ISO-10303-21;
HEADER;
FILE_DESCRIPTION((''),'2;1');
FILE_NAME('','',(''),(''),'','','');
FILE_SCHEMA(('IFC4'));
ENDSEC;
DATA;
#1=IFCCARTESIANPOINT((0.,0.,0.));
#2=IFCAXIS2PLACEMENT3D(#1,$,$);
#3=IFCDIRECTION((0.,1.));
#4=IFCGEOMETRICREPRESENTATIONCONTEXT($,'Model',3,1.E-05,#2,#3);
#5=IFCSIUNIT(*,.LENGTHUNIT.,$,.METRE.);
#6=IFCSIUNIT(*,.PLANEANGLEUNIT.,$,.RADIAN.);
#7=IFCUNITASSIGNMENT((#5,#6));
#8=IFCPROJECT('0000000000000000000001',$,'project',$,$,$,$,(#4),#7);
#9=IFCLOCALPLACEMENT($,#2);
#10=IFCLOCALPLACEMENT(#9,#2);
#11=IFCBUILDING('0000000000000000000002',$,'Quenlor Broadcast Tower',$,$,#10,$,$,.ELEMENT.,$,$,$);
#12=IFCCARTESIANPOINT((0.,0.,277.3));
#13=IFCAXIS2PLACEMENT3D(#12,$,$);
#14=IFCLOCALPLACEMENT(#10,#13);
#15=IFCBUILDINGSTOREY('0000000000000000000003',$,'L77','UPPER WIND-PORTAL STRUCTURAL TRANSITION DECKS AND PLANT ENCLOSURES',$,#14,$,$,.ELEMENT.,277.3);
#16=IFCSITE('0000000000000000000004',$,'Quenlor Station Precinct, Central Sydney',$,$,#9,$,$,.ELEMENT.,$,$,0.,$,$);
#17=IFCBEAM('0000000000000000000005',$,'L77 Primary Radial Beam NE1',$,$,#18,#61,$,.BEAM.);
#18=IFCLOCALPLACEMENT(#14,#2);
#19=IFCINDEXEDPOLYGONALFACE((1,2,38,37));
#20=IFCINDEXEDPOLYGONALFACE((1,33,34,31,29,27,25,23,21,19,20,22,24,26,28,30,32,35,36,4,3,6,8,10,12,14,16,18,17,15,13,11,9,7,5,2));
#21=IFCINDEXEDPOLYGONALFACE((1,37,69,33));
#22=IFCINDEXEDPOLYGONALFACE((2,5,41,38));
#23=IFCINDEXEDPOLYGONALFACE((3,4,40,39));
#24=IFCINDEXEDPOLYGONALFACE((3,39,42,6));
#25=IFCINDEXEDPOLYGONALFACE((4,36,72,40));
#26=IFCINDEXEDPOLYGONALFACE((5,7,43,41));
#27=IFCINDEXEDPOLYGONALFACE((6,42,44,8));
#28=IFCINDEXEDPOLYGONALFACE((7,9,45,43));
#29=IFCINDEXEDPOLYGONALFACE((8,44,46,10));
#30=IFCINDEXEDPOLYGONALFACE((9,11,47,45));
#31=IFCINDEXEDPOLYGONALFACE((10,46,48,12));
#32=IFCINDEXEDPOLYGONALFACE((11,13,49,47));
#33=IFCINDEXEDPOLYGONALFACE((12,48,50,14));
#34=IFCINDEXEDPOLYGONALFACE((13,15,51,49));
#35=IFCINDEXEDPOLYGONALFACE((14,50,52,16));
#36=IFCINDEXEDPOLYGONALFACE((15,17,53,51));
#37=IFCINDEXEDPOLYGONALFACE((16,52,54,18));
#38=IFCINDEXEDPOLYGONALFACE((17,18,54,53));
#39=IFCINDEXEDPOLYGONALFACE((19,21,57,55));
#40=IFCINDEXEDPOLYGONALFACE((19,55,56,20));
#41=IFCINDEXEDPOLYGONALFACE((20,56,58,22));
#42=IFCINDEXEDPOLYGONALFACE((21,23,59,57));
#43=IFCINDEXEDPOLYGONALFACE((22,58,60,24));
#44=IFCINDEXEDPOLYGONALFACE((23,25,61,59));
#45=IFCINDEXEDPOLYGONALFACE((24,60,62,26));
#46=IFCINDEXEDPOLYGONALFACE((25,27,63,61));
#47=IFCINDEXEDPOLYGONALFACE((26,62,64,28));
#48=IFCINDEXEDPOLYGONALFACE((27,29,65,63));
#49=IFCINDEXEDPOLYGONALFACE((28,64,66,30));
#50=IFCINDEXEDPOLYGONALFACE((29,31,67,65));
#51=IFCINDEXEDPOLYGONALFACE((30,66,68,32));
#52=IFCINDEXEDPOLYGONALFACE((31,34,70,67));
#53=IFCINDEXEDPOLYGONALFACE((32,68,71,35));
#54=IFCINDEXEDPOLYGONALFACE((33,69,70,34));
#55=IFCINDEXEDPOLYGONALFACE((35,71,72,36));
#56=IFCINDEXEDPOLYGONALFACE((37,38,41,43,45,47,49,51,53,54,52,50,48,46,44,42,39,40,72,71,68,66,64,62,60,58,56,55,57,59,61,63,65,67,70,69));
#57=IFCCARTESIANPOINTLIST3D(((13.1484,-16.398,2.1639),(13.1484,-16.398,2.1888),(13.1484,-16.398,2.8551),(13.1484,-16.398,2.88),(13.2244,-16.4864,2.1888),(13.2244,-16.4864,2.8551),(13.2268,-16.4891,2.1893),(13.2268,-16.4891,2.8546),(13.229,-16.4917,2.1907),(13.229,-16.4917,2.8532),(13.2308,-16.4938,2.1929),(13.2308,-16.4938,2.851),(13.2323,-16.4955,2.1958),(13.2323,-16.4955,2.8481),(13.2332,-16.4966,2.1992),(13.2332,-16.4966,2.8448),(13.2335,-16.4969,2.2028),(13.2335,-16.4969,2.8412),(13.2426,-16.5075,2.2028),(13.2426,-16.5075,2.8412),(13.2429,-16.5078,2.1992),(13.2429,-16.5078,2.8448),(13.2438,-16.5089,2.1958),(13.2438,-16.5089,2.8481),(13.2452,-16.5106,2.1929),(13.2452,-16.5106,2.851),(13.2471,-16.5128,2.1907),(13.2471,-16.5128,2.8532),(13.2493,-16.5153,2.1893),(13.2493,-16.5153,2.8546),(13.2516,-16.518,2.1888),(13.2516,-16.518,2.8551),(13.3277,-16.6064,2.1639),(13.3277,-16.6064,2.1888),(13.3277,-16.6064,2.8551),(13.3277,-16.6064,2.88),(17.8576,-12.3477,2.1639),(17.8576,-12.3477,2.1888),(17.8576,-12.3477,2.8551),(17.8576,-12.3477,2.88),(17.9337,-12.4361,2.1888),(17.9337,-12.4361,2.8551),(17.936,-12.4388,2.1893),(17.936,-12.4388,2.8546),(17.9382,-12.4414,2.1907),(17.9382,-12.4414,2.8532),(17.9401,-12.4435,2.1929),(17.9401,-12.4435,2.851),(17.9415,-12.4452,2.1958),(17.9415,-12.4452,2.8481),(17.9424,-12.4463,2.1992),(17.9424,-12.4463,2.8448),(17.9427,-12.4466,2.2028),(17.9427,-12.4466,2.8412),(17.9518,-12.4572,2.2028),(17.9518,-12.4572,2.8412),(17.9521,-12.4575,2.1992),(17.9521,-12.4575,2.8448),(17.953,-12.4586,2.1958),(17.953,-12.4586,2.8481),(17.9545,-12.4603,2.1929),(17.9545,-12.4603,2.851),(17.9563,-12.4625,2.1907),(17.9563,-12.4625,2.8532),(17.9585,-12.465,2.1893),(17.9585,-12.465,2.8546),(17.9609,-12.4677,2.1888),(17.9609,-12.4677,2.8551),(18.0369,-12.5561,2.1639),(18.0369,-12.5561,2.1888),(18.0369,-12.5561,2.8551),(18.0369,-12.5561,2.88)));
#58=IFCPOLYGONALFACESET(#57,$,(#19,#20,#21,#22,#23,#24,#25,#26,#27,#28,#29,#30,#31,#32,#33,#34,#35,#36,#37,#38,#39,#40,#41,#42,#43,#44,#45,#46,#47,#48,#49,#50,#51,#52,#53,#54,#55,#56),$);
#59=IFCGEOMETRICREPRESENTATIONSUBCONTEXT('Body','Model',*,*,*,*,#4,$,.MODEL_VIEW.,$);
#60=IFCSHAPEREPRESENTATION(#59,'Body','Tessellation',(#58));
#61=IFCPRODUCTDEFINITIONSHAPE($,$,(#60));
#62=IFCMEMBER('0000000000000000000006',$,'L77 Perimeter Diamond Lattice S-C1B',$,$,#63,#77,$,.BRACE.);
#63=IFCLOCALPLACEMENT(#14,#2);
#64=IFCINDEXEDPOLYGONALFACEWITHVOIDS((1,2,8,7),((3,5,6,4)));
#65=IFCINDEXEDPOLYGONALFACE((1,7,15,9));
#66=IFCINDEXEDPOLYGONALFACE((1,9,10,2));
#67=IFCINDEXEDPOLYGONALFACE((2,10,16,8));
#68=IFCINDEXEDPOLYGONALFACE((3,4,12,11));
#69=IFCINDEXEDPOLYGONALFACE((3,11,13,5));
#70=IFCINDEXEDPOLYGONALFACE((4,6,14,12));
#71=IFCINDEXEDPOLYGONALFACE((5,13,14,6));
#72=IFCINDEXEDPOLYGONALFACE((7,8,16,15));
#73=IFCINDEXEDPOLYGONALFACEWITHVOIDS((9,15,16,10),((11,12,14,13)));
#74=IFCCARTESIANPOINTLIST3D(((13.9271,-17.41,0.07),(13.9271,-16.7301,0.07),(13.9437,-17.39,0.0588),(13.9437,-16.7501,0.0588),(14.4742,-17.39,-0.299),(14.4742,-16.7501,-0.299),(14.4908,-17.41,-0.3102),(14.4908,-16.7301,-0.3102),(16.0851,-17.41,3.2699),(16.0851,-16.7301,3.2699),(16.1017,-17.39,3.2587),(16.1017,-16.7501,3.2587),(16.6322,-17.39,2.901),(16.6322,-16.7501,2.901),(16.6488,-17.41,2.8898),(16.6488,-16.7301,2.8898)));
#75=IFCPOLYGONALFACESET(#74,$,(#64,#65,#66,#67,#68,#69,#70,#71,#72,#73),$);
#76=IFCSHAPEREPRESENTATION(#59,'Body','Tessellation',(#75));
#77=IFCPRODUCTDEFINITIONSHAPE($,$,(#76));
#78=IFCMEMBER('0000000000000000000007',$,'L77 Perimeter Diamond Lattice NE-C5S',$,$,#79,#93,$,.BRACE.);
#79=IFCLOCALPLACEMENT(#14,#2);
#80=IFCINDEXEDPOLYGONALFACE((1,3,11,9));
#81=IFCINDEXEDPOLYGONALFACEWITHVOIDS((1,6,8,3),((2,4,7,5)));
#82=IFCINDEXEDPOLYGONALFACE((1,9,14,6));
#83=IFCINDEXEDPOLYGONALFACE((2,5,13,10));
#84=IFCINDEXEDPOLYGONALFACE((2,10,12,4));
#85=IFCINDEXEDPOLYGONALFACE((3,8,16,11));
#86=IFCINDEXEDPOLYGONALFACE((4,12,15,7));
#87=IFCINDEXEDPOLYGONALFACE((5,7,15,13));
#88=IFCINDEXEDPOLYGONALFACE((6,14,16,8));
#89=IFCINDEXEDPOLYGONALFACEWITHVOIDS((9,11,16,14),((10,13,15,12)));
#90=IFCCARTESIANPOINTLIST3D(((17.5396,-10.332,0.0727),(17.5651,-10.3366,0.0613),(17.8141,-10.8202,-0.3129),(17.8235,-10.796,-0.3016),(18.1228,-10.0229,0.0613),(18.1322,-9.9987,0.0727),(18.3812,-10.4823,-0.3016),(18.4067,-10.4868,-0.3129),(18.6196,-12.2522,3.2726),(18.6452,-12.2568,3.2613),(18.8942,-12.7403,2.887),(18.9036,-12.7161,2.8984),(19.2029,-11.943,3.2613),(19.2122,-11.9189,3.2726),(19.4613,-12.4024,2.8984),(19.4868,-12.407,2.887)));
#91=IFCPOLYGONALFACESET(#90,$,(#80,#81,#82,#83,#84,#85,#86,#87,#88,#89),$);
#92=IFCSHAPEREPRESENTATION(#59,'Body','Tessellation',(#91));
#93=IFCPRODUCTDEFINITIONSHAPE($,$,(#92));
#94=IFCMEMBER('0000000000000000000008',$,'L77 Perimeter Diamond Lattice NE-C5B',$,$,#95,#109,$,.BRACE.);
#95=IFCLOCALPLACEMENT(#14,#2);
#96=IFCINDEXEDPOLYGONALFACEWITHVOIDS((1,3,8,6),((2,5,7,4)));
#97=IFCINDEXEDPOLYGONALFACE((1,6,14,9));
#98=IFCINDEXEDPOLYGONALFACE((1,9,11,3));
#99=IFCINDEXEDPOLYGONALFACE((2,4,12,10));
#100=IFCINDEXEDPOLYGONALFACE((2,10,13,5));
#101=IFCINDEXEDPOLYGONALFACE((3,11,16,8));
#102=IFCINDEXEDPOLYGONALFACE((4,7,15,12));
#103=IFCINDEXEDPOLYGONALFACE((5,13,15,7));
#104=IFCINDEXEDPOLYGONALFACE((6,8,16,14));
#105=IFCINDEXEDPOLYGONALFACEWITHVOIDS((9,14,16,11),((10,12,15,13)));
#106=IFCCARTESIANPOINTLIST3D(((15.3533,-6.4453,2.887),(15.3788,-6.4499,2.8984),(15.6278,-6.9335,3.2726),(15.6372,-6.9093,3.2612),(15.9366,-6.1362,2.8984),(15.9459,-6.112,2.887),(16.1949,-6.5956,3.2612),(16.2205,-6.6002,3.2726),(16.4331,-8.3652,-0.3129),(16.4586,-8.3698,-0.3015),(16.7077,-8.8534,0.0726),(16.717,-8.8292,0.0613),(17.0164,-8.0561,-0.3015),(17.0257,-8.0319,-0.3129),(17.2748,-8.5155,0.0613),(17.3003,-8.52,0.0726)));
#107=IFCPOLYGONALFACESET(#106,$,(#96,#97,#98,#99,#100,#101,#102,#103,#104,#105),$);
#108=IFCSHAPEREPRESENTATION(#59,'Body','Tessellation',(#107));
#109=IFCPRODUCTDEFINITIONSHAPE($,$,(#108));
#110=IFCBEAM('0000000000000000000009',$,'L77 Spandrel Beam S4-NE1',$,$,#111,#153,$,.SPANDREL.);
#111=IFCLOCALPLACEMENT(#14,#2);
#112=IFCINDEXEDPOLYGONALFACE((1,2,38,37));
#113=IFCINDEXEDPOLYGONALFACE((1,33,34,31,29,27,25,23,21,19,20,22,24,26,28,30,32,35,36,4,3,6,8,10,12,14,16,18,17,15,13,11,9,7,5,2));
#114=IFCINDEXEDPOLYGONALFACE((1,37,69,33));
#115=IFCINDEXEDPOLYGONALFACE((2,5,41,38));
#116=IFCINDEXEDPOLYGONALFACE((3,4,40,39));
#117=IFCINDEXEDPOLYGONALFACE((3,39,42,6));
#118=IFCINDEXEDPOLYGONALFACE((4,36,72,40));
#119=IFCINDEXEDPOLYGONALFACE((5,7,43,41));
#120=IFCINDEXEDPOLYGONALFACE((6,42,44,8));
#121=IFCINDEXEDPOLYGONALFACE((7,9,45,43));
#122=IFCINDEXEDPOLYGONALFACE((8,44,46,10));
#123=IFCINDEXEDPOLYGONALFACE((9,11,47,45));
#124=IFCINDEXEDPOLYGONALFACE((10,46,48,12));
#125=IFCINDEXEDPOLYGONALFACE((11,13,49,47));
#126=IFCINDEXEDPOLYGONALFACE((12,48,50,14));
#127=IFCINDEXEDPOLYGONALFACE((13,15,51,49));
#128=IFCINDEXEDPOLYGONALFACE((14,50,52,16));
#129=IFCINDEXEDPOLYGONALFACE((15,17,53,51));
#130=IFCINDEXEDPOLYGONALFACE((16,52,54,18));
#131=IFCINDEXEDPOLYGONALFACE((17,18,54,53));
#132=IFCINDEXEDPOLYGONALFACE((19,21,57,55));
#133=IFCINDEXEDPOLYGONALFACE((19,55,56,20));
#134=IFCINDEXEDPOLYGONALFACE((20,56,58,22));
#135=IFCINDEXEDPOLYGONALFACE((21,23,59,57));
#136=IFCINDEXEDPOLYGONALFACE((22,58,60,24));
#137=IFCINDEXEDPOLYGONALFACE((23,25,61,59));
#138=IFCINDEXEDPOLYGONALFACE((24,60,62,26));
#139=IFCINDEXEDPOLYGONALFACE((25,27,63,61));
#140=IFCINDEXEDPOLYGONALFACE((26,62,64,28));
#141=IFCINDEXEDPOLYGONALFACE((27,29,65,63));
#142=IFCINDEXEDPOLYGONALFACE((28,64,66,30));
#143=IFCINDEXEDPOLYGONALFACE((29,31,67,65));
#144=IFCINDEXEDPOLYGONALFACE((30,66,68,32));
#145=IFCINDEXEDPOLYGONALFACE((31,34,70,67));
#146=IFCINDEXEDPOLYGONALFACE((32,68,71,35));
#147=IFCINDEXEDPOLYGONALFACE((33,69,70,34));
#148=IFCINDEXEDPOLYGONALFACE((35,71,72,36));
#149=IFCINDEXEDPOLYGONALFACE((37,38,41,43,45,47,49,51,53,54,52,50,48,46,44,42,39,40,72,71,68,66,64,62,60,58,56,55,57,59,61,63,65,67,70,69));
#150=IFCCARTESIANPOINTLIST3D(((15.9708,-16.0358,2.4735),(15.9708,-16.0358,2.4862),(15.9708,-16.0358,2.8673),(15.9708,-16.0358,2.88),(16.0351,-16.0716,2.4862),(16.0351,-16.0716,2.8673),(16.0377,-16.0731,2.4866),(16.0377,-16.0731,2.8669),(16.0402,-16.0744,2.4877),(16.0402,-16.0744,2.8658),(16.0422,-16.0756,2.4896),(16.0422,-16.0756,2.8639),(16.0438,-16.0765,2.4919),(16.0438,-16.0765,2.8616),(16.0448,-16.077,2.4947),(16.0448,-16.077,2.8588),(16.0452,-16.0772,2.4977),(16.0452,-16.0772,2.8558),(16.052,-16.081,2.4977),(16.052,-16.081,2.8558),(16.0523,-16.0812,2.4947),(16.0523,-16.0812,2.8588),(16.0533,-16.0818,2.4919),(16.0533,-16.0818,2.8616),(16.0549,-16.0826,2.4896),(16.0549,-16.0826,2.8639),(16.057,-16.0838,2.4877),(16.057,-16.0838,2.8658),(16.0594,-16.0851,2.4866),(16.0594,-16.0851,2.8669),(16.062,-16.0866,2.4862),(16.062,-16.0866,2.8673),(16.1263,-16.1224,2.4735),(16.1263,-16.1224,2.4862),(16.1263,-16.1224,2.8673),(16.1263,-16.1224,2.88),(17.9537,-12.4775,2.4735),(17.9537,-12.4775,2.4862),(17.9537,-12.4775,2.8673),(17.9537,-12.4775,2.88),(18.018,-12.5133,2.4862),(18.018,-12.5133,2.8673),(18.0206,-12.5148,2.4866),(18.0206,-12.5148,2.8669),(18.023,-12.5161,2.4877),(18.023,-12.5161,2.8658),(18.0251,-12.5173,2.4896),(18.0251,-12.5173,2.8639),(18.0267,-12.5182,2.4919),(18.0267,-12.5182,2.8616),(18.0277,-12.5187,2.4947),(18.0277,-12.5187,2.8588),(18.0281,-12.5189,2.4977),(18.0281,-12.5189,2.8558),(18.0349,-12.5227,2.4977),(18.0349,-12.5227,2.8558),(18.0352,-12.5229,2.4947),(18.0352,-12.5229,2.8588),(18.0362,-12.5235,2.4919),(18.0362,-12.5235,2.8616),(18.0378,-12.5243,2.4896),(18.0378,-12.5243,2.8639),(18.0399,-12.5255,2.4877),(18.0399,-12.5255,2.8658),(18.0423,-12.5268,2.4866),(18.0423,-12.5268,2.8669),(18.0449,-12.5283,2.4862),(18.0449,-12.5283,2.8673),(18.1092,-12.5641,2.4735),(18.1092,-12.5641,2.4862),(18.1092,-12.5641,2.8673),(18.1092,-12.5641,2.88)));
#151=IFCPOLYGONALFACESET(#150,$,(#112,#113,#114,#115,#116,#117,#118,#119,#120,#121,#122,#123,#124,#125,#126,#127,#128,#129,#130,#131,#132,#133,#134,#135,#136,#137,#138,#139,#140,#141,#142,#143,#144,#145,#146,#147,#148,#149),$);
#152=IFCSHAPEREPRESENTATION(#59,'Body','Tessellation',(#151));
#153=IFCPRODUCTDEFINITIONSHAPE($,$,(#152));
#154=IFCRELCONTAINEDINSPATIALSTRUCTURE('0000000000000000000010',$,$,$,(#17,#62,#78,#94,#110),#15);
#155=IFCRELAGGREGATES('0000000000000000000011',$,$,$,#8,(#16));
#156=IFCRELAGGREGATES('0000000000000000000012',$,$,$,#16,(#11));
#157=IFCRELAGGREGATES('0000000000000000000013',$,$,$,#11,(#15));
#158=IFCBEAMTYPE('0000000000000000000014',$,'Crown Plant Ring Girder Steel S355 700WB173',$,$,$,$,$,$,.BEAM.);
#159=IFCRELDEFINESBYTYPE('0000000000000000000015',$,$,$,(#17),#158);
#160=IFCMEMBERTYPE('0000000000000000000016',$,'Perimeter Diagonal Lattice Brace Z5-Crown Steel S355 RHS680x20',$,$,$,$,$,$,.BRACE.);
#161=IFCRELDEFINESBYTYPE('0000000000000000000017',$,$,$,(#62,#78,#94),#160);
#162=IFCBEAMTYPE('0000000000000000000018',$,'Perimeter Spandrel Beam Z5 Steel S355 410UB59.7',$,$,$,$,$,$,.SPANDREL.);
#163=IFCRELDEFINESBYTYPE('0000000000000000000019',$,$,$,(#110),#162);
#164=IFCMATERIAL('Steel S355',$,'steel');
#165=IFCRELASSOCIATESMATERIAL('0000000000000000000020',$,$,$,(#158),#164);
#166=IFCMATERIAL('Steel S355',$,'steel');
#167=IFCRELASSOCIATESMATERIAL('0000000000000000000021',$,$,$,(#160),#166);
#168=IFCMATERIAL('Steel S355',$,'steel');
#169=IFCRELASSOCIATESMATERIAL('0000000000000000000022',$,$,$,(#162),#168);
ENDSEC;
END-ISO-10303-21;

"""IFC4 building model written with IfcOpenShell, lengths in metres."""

from ifc_helpers import new_model, si_unit, direction, frame, origin, origin_2d, place, context, subcontext, project, spatial, hollow_rectangle, i_section, extrude, material, material_profile, profile_set, type_object, element, save


model = new_model("IFC4")

# Units and contexts
model_context = context("Model", 3, precision=1e-05, world=origin(), true_north=direction((0.0, 1.0)))
body_context = subcontext(model_context, "Body", "Model", "MODEL_VIEW")
ifc_project = project(units=[si_unit("LENGTHUNIT", "METRE"), si_unit("PLANEANGLEUNIT", "RADIAN")], contexts=[model_context])

# Site, building, storey
site_placement = place(None, origin())
site = spatial("IfcSite", under=ifc_project, at=site_placement, Name="Quenlor Station Precinct, Central Sydney", CompositionType="ELEMENT", RefElevation=0.0)
building_placement = place(site_placement, origin())
building = spatial("IfcBuilding", under=site, at=building_placement, Name="Quenlor Broadcast Tower", CompositionType="ELEMENT")
storey_placement = place(building_placement, frame((0.0, 0.0, 277.3)))
storey = spatial("IfcBuildingStorey", under=building, at=storey_placement, Name="L77", Description="UPPER WIND-PORTAL STRUCTURAL TRANSITION DECKS AND PLANT ENCLOSURES", CompositionType="ELEMENT", Elevation=277.3)

# Beam
ifc_material_1 = material(Name="Steel S355", Category="steel")
ifc_material_profile_1 = material_profile(ifc_material_1, i_section(OverallWidth=0.2749, OverallDepth=0.7161, WebThickness=0.0139, FlangeThickness=0.0249, FilletRadius=0.0139, at=origin_2d()))
ifc_profile_set_1 = profile_set([ifc_material_profile_1], Name="Steel S355 700WB173")
beam_type_1 = type_object("IfcBeamType", Name="Crown Plant Ring Girder Steel S355 700WB173", PredefinedType="BEAM", material=ifc_profile_set_1)
beam_1_placement = place(storey_placement, frame((17.9473, -12.4519, 2.522), z_axis=(-0.758157, -0.652072, 0.0), x_axis=(0.652072, -0.758157, 0.0)))
element("IfcBeam", 1, at=beam_1_placement, inside=storey, type_object=beam_type_1, Name="L77 Primary Radial Beam NE1", PredefinedType="BEAM", context=body_context, shape_type="SweptSolid", body=[
    extrude(i_section(OverallWidth=0.2749, OverallDepth=0.7161, WebThickness=0.0139, FlangeThickness=0.0249, FilletRadius=0.0139, at=origin_2d()), origin(), (0.0, 0.0, 1.0), 6.2114),
])

# Members
ifc_material_2 = material(Name="Steel S355", Category="steel")
ifc_material_profile_2 = material_profile(ifc_material_2, hollow_rectangle(XDim=0.6799, YDim=0.6799, WallThickness=0.02, at=origin_2d()))
ifc_profile_set_2 = profile_set([ifc_material_profile_2], Name="Steel S355 RHS680x680x20")
member_type = type_object("IfcMemberType", Name="Perimeter Diagonal Lattice Brace Z5-Crown Steel S355 RHS680x20", PredefinedType="BRACE", material=ifc_profile_set_2)
member_1_placement = place(storey_placement, frame((14.209, -17.0701, -0.1201), z_axis=(0.559115, 0.0, 0.82909), x_axis=(0.0, 1.0, 0.0)))
element("IfcMember", 2, at=member_1_placement, inside=storey, type_object=member_type, Name="L77 Perimeter Diamond Lattice S-C1B", PredefinedType="BRACE", context=body_context, shape_type="SweptSolid", body=[
    extrude(hollow_rectangle(XDim=0.6799, YDim=0.6799, WallThickness=0.02, at=origin_2d()), origin(), (0.0, 0.0, 1.0), 3.8596),
])
member_2_placement = place(storey_placement, frame((17.9731, -10.4094, -0.1201), z_axis=(0.278012, -0.49425, 0.823666), x_axis=(0.871578, 0.490256, 0.0)))
element("IfcMember", 3, at=member_2_placement, inside=storey, type_object=member_type, Name="L77 Perimeter Diamond Lattice NE-C5S", PredefinedType="BRACE", context=body_context, shape_type="SweptSolid", body=[
    extrude(hollow_rectangle(XDim=0.6799, YDim=0.6799, WallThickness=0.02, at=origin_2d()), origin(), (0.0, 0.0, 1.0), 3.885),
])
member_3_placement = place(storey_placement, frame((16.8667, -8.4426, -0.1201), z_axis=(-0.277962, 0.494211, 0.823706), x_axis=(-0.871599, -0.490219, 0.0)))
element("IfcMember", 4, at=member_3_placement, inside=storey, type_object=member_type, Name="L77 Perimeter Diamond Lattice NE-C5B", PredefinedType="BRACE", context=body_context, shape_type="SweptSolid", body=[
    extrude(hollow_rectangle(XDim=0.6799, YDim=0.6799, WallThickness=0.02, at=origin_2d()), origin(), (0.0, 0.0, 1.0), 3.8848),
])

# Beam
ifc_material_3 = material(Name="Steel S355", Category="steel")
ifc_material_profile_3 = material_profile(ifc_material_3, i_section(OverallWidth=0.178, OverallDepth=0.4065, WebThickness=0.0078, FlangeThickness=0.0127, FilletRadius=0.0115, at=origin_2d()))
ifc_profile_set_3 = profile_set([ifc_material_profile_3], Name="Steel S355 410UB59.7")
beam_type_2 = type_object("IfcBeamType", Name="Perimeter Spandrel Beam Z5 Steel S355 410UB59.7", PredefinedType="SPANDREL", material=ifc_profile_set_3)
beam_2_placement = place(storey_placement, frame((16.0486, -16.0791, 2.6768), z_axis=(0.486777, 0.873526, 0.0), x_axis=(-0.873526, 0.486777, 0.0)))
element("IfcBeam", 5, at=beam_2_placement, inside=storey, type_object=beam_type_2, Name="L77 Spandrel Beam S4-NE1", PredefinedType="SPANDREL", context=body_context, shape_type="SweptSolid", body=[
    extrude(i_section(OverallWidth=0.178, OverallDepth=0.4065, WebThickness=0.0078, FlangeThickness=0.0127, FilletRadius=0.0115, at=origin_2d()), origin(), (0.0, 0.0, 1.0), 4.0735),
])

save(model, "model.ifc")
